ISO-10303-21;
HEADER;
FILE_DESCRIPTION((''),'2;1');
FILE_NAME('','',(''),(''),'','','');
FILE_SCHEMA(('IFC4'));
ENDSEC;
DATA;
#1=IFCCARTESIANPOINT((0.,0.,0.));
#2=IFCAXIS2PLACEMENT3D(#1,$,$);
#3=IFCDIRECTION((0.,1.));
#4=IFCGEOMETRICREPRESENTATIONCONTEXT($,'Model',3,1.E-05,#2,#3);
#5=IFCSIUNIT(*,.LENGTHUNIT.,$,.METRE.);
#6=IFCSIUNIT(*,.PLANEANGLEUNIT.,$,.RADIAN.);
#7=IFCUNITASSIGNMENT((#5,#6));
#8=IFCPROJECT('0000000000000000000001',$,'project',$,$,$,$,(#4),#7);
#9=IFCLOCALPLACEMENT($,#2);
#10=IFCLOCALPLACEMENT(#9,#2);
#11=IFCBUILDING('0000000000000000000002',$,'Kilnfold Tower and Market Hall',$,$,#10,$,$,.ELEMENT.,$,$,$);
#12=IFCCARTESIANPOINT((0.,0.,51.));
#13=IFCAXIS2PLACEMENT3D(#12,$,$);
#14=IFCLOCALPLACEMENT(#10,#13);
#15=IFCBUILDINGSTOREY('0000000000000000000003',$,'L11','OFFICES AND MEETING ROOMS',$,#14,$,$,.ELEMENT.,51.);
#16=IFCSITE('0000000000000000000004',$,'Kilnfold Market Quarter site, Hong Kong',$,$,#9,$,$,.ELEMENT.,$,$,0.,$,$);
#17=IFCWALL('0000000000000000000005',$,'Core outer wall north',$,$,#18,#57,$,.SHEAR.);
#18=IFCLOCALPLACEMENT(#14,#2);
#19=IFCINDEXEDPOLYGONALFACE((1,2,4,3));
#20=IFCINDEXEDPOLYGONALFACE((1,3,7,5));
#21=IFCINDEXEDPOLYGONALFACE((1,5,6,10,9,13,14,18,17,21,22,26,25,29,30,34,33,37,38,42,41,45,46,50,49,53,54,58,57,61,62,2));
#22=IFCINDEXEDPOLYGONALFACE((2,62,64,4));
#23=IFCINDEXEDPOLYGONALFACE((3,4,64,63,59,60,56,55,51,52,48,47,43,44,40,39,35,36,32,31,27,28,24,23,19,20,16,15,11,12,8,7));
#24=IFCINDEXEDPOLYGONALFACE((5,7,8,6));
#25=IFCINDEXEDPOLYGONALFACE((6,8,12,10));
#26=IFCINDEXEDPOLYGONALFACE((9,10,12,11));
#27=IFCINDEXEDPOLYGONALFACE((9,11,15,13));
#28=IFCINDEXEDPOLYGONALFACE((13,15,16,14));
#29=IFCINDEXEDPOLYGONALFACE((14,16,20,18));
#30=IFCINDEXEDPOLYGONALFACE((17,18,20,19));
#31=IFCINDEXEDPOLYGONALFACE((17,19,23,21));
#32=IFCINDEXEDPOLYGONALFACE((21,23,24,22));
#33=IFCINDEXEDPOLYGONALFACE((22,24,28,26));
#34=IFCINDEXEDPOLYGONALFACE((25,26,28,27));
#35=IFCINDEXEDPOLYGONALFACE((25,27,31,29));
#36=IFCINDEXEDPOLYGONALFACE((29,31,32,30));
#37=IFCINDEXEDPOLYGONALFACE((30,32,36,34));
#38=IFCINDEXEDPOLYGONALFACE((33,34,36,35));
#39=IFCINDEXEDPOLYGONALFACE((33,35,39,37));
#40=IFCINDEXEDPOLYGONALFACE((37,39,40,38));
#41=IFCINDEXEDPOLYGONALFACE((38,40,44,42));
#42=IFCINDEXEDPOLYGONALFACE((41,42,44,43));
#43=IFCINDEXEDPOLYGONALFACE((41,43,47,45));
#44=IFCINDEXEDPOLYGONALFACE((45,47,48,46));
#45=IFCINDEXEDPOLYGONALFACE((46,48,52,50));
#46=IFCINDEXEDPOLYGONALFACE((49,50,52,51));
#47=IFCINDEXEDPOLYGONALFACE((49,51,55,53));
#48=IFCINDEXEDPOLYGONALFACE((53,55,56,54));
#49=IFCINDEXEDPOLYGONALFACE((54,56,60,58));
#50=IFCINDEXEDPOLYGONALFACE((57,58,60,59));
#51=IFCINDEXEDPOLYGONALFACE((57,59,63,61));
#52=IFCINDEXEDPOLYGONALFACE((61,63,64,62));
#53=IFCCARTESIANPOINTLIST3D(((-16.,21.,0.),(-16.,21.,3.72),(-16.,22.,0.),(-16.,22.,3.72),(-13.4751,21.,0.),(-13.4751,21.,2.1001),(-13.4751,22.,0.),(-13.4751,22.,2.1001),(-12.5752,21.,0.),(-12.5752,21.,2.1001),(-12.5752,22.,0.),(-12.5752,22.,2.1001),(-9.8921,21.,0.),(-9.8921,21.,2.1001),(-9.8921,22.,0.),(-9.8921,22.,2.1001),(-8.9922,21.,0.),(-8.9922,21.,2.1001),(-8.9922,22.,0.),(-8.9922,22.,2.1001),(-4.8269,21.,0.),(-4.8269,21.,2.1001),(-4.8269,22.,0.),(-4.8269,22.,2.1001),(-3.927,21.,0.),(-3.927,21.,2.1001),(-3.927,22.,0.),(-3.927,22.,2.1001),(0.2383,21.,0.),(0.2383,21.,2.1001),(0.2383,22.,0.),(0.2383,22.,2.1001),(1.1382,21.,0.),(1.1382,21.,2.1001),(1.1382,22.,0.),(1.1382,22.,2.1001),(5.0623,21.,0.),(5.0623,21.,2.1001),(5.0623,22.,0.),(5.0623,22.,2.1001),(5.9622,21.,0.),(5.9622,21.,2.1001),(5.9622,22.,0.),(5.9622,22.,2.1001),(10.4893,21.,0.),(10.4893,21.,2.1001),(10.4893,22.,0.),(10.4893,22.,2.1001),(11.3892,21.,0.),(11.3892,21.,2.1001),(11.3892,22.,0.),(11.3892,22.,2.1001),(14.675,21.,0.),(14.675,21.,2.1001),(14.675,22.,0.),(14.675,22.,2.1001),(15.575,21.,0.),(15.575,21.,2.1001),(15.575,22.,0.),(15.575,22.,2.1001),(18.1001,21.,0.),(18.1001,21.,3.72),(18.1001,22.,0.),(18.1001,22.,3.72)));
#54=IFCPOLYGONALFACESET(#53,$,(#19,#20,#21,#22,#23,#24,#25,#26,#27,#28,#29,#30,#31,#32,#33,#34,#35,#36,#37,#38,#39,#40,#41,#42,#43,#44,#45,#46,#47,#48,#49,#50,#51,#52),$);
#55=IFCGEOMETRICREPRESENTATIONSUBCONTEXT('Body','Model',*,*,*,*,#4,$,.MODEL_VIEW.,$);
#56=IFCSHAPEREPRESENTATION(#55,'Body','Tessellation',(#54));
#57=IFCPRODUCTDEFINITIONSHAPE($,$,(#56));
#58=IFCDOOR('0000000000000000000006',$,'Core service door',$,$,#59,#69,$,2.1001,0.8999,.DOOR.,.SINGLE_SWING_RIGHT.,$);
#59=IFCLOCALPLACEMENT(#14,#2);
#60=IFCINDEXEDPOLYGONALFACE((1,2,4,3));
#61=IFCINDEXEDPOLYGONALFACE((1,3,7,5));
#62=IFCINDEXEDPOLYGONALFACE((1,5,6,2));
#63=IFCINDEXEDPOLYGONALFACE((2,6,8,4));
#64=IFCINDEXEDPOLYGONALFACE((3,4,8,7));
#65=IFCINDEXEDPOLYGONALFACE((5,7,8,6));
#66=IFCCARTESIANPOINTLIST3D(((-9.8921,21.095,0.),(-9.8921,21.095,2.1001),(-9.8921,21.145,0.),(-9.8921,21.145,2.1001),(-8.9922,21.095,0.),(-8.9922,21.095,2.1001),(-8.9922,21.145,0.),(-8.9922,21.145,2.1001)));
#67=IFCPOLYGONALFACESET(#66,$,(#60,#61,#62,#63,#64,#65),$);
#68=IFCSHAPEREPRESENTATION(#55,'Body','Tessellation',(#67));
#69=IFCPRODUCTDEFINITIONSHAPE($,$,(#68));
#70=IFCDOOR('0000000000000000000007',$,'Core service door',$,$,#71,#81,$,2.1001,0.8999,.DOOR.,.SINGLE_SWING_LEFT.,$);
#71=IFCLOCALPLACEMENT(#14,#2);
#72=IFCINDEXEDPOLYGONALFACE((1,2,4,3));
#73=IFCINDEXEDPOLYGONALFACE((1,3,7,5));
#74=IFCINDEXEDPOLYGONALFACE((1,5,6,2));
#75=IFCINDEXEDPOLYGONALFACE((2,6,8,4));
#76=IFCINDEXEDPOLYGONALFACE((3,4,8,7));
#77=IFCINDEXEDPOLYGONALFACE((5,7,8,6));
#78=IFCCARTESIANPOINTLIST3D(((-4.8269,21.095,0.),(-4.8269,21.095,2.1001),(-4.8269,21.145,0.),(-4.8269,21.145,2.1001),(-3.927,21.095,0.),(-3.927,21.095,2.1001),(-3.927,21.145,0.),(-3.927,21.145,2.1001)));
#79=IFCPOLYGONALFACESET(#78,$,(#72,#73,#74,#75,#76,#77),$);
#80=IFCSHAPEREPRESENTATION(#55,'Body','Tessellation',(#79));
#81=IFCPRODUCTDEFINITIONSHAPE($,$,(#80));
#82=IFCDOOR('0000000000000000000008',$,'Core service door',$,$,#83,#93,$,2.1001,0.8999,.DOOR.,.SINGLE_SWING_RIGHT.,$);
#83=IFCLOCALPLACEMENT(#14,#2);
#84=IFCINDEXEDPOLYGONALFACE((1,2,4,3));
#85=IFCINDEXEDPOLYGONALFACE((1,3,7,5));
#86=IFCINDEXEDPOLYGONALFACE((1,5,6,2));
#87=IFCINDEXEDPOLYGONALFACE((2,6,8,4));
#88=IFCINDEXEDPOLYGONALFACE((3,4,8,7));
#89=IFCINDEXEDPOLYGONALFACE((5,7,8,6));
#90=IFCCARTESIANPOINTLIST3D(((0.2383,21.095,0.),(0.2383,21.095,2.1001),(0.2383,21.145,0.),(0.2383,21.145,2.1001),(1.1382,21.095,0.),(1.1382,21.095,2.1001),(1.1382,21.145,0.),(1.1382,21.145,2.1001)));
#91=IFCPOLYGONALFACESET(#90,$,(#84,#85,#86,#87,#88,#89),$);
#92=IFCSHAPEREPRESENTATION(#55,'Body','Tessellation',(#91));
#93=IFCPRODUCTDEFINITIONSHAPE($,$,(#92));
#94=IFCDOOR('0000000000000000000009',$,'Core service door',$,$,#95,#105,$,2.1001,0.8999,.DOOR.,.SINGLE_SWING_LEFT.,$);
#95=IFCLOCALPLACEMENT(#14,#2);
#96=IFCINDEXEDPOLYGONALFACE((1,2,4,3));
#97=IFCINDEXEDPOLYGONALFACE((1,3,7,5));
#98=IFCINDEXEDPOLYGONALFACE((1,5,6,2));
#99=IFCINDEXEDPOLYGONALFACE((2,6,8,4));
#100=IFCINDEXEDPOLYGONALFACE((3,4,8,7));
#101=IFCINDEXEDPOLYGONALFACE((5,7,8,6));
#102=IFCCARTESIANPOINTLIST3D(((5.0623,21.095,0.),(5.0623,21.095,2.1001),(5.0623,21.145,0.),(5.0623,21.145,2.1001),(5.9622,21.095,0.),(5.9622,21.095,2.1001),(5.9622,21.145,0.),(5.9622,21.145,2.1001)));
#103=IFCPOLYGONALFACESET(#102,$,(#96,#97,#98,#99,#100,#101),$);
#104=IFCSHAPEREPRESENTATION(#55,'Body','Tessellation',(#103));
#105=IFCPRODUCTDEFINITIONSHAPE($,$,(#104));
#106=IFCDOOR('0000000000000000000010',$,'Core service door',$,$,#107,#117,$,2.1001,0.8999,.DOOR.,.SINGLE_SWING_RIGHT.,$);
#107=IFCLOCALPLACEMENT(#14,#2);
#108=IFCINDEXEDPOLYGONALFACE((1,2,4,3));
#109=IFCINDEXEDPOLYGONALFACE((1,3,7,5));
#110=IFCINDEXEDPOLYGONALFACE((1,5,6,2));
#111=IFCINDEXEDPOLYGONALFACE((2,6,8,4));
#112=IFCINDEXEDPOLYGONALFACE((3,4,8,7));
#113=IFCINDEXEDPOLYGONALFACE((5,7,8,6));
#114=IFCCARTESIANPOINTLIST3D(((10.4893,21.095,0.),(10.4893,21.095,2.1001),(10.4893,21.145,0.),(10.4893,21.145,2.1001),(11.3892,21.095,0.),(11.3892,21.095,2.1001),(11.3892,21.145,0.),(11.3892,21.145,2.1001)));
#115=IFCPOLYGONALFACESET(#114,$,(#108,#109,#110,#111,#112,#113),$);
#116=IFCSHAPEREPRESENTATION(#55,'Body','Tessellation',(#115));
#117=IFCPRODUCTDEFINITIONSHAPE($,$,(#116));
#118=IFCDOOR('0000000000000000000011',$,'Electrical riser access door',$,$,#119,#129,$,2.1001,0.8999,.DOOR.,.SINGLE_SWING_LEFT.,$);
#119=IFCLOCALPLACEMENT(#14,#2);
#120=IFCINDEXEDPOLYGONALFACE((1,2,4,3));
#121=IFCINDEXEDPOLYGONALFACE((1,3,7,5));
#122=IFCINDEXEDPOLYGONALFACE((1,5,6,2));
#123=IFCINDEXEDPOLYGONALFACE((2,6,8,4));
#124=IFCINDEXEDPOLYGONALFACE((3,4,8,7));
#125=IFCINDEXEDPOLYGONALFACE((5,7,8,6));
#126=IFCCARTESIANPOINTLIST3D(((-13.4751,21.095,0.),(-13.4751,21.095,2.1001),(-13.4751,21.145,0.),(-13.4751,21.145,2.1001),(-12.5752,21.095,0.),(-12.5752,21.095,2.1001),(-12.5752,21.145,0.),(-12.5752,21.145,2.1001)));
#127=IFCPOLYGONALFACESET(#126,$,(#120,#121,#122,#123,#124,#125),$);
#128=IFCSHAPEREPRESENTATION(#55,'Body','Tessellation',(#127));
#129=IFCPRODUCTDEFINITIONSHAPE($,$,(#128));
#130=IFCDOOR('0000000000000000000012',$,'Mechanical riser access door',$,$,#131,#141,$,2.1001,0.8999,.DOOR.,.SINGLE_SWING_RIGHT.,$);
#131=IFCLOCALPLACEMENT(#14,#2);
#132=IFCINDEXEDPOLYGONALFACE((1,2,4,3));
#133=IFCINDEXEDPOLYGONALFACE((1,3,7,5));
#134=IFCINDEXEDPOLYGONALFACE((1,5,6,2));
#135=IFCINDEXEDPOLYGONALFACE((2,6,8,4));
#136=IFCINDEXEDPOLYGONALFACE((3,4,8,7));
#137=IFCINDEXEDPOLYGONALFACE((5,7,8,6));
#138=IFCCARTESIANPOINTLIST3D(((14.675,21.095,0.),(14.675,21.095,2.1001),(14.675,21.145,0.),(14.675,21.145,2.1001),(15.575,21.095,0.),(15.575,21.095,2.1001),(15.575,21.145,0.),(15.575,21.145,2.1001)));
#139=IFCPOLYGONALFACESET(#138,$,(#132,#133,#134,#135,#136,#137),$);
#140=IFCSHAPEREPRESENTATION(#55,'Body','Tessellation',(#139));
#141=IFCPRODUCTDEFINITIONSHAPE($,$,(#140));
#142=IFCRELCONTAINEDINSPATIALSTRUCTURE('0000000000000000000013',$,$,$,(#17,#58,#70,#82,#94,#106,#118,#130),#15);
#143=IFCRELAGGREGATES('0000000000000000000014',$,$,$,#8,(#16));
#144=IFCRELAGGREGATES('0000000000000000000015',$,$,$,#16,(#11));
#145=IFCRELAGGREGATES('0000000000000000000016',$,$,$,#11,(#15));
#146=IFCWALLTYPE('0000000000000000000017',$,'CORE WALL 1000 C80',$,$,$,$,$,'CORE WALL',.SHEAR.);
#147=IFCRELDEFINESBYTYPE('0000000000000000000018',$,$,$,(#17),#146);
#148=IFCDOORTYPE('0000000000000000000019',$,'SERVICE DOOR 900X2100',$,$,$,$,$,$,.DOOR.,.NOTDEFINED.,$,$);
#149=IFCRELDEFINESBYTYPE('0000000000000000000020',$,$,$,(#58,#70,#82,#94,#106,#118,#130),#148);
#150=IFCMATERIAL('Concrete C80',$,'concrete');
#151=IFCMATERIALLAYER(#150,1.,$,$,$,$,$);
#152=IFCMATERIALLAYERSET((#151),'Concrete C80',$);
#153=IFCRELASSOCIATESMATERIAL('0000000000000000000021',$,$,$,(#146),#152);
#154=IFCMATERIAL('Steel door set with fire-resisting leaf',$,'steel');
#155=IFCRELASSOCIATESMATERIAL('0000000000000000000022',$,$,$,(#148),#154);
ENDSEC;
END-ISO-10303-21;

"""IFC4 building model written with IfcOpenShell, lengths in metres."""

from ifc_helpers import new_model, si_unit, direction, frame, frame_2d, origin, place, context, subcontext, project, spatial, rectangle, extrude, source, transform, mapped, material, layer, layer_set, type_object, element, fill, save


model = new_model("IFC4")

# Units and contexts
model_context = context("Model", 3, precision=1e-05, world=origin(), true_north=direction((0.0, 1.0)))
body_context = subcontext(model_context, "Body", "Model", "MODEL_VIEW")
ifc_project = project(units=[si_unit("LENGTHUNIT", "METRE"), si_unit("PLANEANGLEUNIT", "RADIAN")], contexts=[model_context])

# Site, building, storey
site_placement = place(None, origin())
site = spatial("IfcSite", under=ifc_project, at=site_placement, Name="Kilnfold Market Quarter site, Hong Kong", CompositionType="ELEMENT", RefElevation=0.0)
building_placement = place(site_placement, origin())
building = spatial("IfcBuilding", under=site, at=building_placement, Name="Kilnfold Tower and Market Hall", CompositionType="ELEMENT")
storey_placement = place(building_placement, frame((0.0, 0.0, 51.0)))
storey = spatial("IfcBuildingStorey", under=building, at=storey_placement, Name="L11", Description="OFFICES AND MEETING ROOMS", CompositionType="ELEMENT", Elevation=51.0)

# Wall, openings, doors
ifc_material_1 = material(Name="Concrete C80", Category="concrete")
ifc_layer_1 = layer(ifc_material_1, 1.0)
ifc_layer_set_1 = layer_set([ifc_layer_1], Name="Concrete C80")
wall_type_1 = type_object("IfcWallType", Name="CORE WALL 1000 C80", ElementType="CORE WALL", PredefinedType="SHEAR", material=ifc_layer_set_1)
shared_shape_1 = source(origin(), body_context, "Body", "SweptSolid", [
    extrude(rectangle(XDim=34.1001, YDim=1.0, at=frame_2d((17.05, 0.0))), origin(), (0.0, 0.0, 1.0), 3.72),
])
wall_1_placement = place(storey_placement, frame((-16.0, 21.5, 0.0), z_axis=(0.0, 0.0, 1.0), x_axis=(1.0, 0.0, 0.0)))
wall_1 = element("IfcWall", 1, at=wall_1_placement, inside=storey, type_object=wall_type_1, Name="Core outer wall north", PredefinedType="SHEAR", context=body_context, shape_type="MappedRepresentation", body=[
    mapped(shared_shape_1, transform((0.0, 0.0, 0.0))),
])
opening_1_placement = place(wall_1_placement, frame((6.1079, 0.0, 0.0)))
opening_1 = element("IfcOpeningElement", 2, at=opening_1_placement, cuts=wall_1, PredefinedType="OPENING", context=body_context, shape_type="SweptSolid", body=[
    extrude(rectangle(XDim=0.8999, YDim=2.1001, at=frame_2d((0.45, 1.05))), frame((0.0, 0.51, 0.0), z_axis=(0.0, -1.0, 0.0), x_axis=(1.0, 0.0, 0.0)), (0.0, 0.0, 1.0), 1.02),
])
opening_2_placement = place(wall_1_placement, frame((11.1731, 0.0, 0.0)))
opening_2 = element("IfcOpeningElement", 3, at=opening_2_placement, cuts=wall_1, PredefinedType="OPENING", context=body_context, shape_type="SweptSolid", body=[
    extrude(rectangle(XDim=0.8999, YDim=2.1001, at=frame_2d((0.45, 1.05))), frame((0.0, 0.51, 0.0), z_axis=(0.0, -1.0, 0.0), x_axis=(1.0, 0.0, 0.0)), (0.0, 0.0, 1.0), 1.02),
])
opening_3_placement = place(wall_1_placement, frame((16.2383, 0.0, 0.0)))
opening_3 = element("IfcOpeningElement", 4, at=opening_3_placement, cuts=wall_1, PredefinedType="OPENING", context=body_context, shape_type="SweptSolid", body=[
    extrude(rectangle(XDim=0.8999, YDim=2.1001, at=frame_2d((0.45, 1.05))), frame((0.0, 0.51, 0.0), z_axis=(0.0, -1.0, 0.0), x_axis=(1.0, 0.0, 0.0)), (0.0, 0.0, 1.0), 1.02),
])
opening_4_placement = place(wall_1_placement, frame((21.0623, 0.0, 0.0)))
opening_4 = element("IfcOpeningElement", 5, at=opening_4_placement, cuts=wall_1, PredefinedType="OPENING", context=body_context, shape_type="SweptSolid", body=[
    extrude(rectangle(XDim=0.8999, YDim=2.1001, at=frame_2d((0.45, 1.05))), frame((0.0, 0.51, 0.0), z_axis=(0.0, -1.0, 0.0), x_axis=(1.0, 0.0, 0.0)), (0.0, 0.0, 1.0), 1.02),
])
opening_5_placement = place(wall_1_placement, frame((26.4893, 0.0, 0.0)))
opening_5 = element("IfcOpeningElement", 6, at=opening_5_placement, cuts=wall_1, PredefinedType="OPENING", context=body_context, shape_type="SweptSolid", body=[
    extrude(rectangle(XDim=0.8999, YDim=2.1001, at=frame_2d((0.45, 1.05))), frame((0.0, 0.51, 0.0), z_axis=(0.0, -1.0, 0.0), x_axis=(1.0, 0.0, 0.0)), (0.0, 0.0, 1.0), 1.02),
])
opening_6_placement = place(wall_1_placement, frame((2.5249, 0.0, 0.0)))
opening_6 = element("IfcOpeningElement", 7, at=opening_6_placement, cuts=wall_1, PredefinedType="OPENING", context=body_context, shape_type="SweptSolid", body=[
    extrude(rectangle(XDim=0.8999, YDim=2.1001, at=frame_2d((0.45, 1.05))), frame((0.0, 0.51, 0.0), z_axis=(0.0, -1.0, 0.0), x_axis=(1.0, 0.0, 0.0)), (0.0, 0.0, 1.0), 1.02),
])
opening_7_placement = place(wall_1_placement, frame((30.675, 0.0, 0.0)))
opening_7 = element("IfcOpeningElement", 8, at=opening_7_placement, cuts=wall_1, PredefinedType="OPENING", context=body_context, shape_type="SweptSolid", body=[
    extrude(rectangle(XDim=0.8999, YDim=2.1001, at=frame_2d((0.45, 1.05))), frame((0.0, 0.51, 0.0), z_axis=(0.0, -1.0, 0.0), x_axis=(1.0, 0.0, 0.0)), (0.0, 0.0, 1.0), 1.02),
])
ifc_material_2 = material(Name="Steel door set with fire-resisting leaf", Category="steel")
door_type_1 = type_object("IfcDoorType", Name="SERVICE DOOR 900X2100", OperationType="NOTDEFINED", PredefinedType="DOOR", material=ifc_material_2)
door_1_placement = place(opening_1_placement, origin())
door_1 = element("IfcDoor", 9, at=door_1_placement, inside=storey, type_object=door_type_1, Name="Core service door", OperationType="SINGLE_SWING_RIGHT", OverallHeight=2.1001, OverallWidth=0.8999, PredefinedType="DOOR", context=body_context, shape_type="SweptSolid", body=[
    extrude(rectangle(XDim=0.8999, YDim=2.1001, at=frame_2d((0.45, 1.05))), frame((0.0, -0.355, 0.0), z_axis=(0.0, -1.0, 0.0), x_axis=(1.0, 0.0, 0.0)), (0.0, 0.0, 1.0), 0.05),
])
fill(opening_1, door_1)
door_2_placement = place(opening_2_placement, origin())
door_2 = element("IfcDoor", 10, at=door_2_placement, inside=storey, type_object=door_type_1, Name="Core service door", OperationType="SINGLE_SWING_LEFT", OverallHeight=2.1001, OverallWidth=0.8999, PredefinedType="DOOR", context=body_context, shape_type="SweptSolid", body=[
    extrude(rectangle(XDim=0.8999, YDim=2.1001, at=frame_2d((0.45, 1.05))), frame((0.0, -0.355, 0.0), z_axis=(0.0, -1.0, 0.0), x_axis=(1.0, 0.0, 0.0)), (0.0, 0.0, 1.0), 0.05),
])
fill(opening_2, door_2)
door_3_placement = place(opening_3_placement, origin())
door_3 = element("IfcDoor", 11, at=door_3_placement, inside=storey, type_object=door_type_1, Name="Core service door", OperationType="SINGLE_SWING_RIGHT", OverallHeight=2.1001, OverallWidth=0.8999, PredefinedType="DOOR", context=body_context, shape_type="SweptSolid", body=[
    extrude(rectangle(XDim=0.8999, YDim=2.1001, at=frame_2d((0.45, 1.05))), frame((0.0, -0.355, 0.0), z_axis=(0.0, -1.0, 0.0), x_axis=(1.0, 0.0, 0.0)), (0.0, 0.0, 1.0), 0.05),
])
fill(opening_3, door_3)
door_4_placement = place(opening_4_placement, origin())
door_4 = element("IfcDoor", 12, at=door_4_placement, inside=storey, type_object=door_type_1, Name="Core service door", OperationType="SINGLE_SWING_LEFT", OverallHeight=2.1001, OverallWidth=0.8999, PredefinedType="DOOR", context=body_context, shape_type="SweptSolid", body=[
    extrude(rectangle(XDim=0.8999, YDim=2.1001, at=frame_2d((0.45, 1.05))), frame((0.0, -0.355, 0.0), z_axis=(0.0, -1.0, 0.0), x_axis=(1.0, 0.0, 0.0)), (0.0, 0.0, 1.0), 0.05),
])
fill(opening_4, door_4)
door_5_placement = place(opening_5_placement, origin())
door_5 = element("IfcDoor", 13, at=door_5_placement, inside=storey, type_object=door_type_1, Name="Core service door", OperationType="SINGLE_SWING_RIGHT", OverallHeight=2.1001, OverallWidth=0.8999, PredefinedType="DOOR", context=body_context, shape_type="SweptSolid", body=[
    extrude(rectangle(XDim=0.8999, YDim=2.1001, at=frame_2d((0.45, 1.05))), frame((0.0, -0.355, 0.0), z_axis=(0.0, -1.0, 0.0), x_axis=(1.0, 0.0, 0.0)), (0.0, 0.0, 1.0), 0.05),
])
fill(opening_5, door_5)
door_6_placement = place(opening_6_placement, origin())
door_6 = element("IfcDoor", 14, at=door_6_placement, inside=storey, type_object=door_type_1, Name="Electrical riser access door", OperationType="SINGLE_SWING_LEFT", OverallHeight=2.1001, OverallWidth=0.8999, PredefinedType="DOOR", context=body_context, shape_type="SweptSolid", body=[
    extrude(rectangle(XDim=0.8999, YDim=2.1001, at=frame_2d((0.45, 1.05))), frame((0.0, -0.355, 0.0), z_axis=(0.0, -1.0, 0.0), x_axis=(1.0, 0.0, 0.0)), (0.0, 0.0, 1.0), 0.05),
])
fill(opening_6, door_6)
door_7_placement = place(opening_7_placement, origin())
door_7 = element("IfcDoor", 15, at=door_7_placement, inside=storey, type_object=door_type_1, Name="Mechanical riser access door", OperationType="SINGLE_SWING_RIGHT", OverallHeight=2.1001, OverallWidth=0.8999, PredefinedType="DOOR", context=body_context, shape_type="SweptSolid", body=[
    extrude(rectangle(XDim=0.8999, YDim=2.1001, at=frame_2d((0.45, 1.05))), frame((0.0, -0.355, 0.0), z_axis=(0.0, -1.0, 0.0), x_axis=(1.0, 0.0, 0.0)), (0.0, 0.0, 1.0), 0.05),
])
fill(opening_7, door_7)

save(model, "model.ifc")
